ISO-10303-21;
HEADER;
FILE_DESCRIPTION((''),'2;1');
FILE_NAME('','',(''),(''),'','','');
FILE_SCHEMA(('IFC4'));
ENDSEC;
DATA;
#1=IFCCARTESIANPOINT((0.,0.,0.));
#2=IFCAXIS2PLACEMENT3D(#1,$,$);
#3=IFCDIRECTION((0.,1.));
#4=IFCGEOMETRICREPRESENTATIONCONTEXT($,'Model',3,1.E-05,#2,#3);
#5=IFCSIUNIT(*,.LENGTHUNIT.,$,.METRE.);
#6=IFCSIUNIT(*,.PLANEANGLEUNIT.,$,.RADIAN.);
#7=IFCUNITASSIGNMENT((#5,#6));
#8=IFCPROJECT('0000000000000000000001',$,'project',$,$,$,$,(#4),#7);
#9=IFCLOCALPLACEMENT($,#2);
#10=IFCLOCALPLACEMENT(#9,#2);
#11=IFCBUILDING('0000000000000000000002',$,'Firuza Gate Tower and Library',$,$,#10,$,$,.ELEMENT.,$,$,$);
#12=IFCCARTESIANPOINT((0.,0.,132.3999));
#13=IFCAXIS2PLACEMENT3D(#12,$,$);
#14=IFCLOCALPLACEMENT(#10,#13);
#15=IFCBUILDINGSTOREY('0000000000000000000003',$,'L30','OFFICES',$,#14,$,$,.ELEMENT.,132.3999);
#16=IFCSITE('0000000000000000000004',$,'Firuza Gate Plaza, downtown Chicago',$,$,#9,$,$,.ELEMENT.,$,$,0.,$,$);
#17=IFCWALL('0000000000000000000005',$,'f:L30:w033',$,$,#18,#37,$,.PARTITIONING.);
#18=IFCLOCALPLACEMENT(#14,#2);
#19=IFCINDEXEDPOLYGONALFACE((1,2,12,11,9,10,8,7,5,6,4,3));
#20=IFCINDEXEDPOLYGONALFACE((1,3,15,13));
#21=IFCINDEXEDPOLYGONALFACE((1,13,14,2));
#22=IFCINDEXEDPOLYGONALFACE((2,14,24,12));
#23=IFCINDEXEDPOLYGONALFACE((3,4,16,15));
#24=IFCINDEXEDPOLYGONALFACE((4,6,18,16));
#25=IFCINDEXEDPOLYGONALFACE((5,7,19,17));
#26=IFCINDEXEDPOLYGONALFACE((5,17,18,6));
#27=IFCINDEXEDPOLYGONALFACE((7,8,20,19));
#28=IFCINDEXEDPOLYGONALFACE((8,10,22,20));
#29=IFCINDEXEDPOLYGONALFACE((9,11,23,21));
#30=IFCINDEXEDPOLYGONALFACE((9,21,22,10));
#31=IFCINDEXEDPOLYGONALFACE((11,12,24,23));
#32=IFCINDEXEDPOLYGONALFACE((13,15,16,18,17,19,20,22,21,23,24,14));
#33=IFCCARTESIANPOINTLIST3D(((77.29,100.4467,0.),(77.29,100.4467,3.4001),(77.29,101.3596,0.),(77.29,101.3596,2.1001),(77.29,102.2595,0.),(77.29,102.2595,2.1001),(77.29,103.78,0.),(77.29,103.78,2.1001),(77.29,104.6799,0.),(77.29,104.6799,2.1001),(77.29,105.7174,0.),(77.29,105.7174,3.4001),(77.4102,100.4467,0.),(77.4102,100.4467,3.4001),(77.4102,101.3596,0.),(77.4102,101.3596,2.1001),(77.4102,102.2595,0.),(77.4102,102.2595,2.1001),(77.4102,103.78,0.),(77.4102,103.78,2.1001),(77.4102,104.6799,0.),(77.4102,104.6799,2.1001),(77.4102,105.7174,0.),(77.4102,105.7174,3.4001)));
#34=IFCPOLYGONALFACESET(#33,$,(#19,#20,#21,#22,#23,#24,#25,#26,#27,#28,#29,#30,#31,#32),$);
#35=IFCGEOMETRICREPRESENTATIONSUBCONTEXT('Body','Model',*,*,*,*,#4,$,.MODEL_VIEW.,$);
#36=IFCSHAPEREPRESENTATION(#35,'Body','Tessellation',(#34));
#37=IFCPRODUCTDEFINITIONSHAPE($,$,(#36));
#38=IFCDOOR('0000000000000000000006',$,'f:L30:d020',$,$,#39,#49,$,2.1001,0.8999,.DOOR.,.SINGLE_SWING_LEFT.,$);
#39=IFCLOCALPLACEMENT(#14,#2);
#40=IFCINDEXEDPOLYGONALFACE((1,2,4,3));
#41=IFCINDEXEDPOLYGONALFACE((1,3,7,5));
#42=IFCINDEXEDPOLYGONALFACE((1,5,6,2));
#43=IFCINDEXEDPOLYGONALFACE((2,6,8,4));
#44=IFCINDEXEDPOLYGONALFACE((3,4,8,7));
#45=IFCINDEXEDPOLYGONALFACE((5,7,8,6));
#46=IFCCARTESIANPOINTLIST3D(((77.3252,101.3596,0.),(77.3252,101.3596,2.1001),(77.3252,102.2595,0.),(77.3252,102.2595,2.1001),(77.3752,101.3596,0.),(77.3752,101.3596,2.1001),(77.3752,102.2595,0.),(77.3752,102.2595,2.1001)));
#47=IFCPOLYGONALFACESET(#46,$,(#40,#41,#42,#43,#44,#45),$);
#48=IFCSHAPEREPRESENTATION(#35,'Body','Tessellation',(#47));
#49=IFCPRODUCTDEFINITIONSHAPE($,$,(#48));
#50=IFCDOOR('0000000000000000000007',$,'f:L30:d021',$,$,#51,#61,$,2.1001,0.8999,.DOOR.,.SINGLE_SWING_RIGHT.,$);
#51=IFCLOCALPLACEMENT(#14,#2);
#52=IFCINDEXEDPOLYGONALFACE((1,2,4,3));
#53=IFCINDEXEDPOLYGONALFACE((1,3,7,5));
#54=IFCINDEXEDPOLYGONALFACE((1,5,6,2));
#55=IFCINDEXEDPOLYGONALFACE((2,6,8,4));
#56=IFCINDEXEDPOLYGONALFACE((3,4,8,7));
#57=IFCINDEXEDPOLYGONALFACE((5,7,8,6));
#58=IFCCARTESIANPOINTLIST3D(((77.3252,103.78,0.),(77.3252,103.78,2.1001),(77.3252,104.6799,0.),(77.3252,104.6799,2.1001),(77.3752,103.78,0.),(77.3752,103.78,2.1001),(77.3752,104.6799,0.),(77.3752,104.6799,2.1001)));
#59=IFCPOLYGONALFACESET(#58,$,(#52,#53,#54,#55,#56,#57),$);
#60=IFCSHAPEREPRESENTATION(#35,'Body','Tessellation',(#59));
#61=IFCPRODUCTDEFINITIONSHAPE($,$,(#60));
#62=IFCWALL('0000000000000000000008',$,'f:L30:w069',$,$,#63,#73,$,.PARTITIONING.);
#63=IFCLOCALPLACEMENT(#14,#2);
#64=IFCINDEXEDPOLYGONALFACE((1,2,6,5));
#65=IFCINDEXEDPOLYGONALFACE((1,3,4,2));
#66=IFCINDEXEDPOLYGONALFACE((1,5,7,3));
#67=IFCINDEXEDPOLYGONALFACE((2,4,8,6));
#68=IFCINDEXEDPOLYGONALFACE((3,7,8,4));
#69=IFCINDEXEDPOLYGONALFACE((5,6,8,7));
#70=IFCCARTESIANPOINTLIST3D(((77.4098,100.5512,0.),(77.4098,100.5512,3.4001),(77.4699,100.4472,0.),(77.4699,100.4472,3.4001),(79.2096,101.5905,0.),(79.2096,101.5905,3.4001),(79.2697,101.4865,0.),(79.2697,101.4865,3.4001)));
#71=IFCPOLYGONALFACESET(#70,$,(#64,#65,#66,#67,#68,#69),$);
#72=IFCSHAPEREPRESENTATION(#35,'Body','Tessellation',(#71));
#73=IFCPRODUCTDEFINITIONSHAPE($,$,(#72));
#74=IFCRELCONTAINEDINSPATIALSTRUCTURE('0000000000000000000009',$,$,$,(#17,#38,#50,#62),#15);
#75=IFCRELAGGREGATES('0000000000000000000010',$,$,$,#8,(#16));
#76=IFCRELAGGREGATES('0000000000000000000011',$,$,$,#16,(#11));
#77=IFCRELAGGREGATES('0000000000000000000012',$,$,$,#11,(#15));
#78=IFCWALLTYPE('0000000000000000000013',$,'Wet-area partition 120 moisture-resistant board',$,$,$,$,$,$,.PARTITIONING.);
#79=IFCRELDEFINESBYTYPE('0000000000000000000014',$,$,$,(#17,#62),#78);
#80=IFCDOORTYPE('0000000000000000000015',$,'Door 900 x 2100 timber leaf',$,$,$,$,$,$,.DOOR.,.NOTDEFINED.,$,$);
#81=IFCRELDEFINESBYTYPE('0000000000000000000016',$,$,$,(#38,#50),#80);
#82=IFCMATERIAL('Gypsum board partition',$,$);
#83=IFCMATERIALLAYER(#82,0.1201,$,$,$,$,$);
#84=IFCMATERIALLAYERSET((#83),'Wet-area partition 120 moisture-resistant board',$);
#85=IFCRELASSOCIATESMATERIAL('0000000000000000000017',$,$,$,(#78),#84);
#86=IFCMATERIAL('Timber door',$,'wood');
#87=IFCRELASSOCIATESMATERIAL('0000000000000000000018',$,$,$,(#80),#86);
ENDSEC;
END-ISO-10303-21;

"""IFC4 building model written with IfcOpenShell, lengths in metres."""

from ifc_helpers import new_model, si_unit, direction, frame, frame_2d, origin, place, context, subcontext, project, spatial, rectangle, extrude, material, layer, layer_set, type_object, element, fill, save


model = new_model("IFC4")

# Units and contexts
model_context = context("Model", 3, precision=1e-05, world=origin(), true_north=direction((0.0, 1.0)))
body_context = subcontext(model_context, "Body", "Model", "MODEL_VIEW")
ifc_project = project(units=[si_unit("LENGTHUNIT", "METRE"), si_unit("PLANEANGLEUNIT", "RADIAN")], contexts=[model_context])

# Site, building, storey
site_placement = place(None, origin())
site = spatial("IfcSite", under=ifc_project, at=site_placement, Name="Firuza Gate Plaza, downtown Chicago", CompositionType="ELEMENT", RefElevation=0.0)
building_placement = place(site_placement, origin())
building = spatial("IfcBuilding", under=site, at=building_placement, Name="Firuza Gate Tower and Library", CompositionType="ELEMENT")
storey_placement = place(building_placement, frame((0.0, 0.0, 132.3999)))
storey = spatial("IfcBuildingStorey", under=building, at=storey_placement, Name="L30", Description="OFFICES", CompositionType="ELEMENT", Elevation=132.3999)

# Shared definitions
ifc_material_1 = material(Name="Gypsum board partition")
ifc_layer_1 = layer(ifc_material_1, 0.1201)
ifc_layer_set_1 = layer_set([ifc_layer_1], Name="Wet-area partition 120 moisture-resistant board")
wall_type_1 = type_object("IfcWallType", Name="Wet-area partition 120 moisture-resistant board", PredefinedType="PARTITIONING", material=ifc_layer_set_1)

# Wall, openings, doors
wall_1_placement = place(storey_placement, frame((77.3501, 100.4468, 0.0), z_axis=(0.0, 0.0, 1.0), x_axis=(0.0, 1.0, 0.0)))
wall_1 = element("IfcWall", 1, at=wall_1_placement, inside=storey, type_object=wall_type_1, Name="f:L30:w033", PredefinedType="PARTITIONING", context=body_context, shape_type="SweptSolid", body=[
    extrude(rectangle(XDim=5.2708, YDim=0.1201, at=frame_2d((2.6353, 0.0))), origin(), (0.0, 0.0, 1.0), 3.4001),
])
opening_1_placement = place(wall_1_placement, frame((0.9128, 0.0, 0.0)))
opening_1 = element("IfcOpeningElement", 2, at=opening_1_placement, cuts=wall_1, PredefinedType="OPENING", context=body_context, shape_type="SweptSolid", body=[
    extrude(rectangle(XDim=0.8999, YDim=2.1001, at=frame_2d((0.45, 1.05))), frame((0.0, 0.0701, 0.0), z_axis=(0.0, -1.0, 0.0), x_axis=(1.0, 0.0, 0.0)), (0.0, 0.0, 1.0), 0.1401),
])
opening_2_placement = place(wall_1_placement, frame((3.3333, 0.0, 0.0)))
opening_2 = element("IfcOpeningElement", 3, at=opening_2_placement, cuts=wall_1, PredefinedType="OPENING", context=body_context, shape_type="SweptSolid", body=[
    extrude(rectangle(XDim=0.8999, YDim=2.1001, at=frame_2d((0.45, 1.05))), frame((0.0, 0.0701, 0.0), z_axis=(0.0, -1.0, 0.0), x_axis=(1.0, 0.0, 0.0)), (0.0, 0.0, 1.0), 0.1401),
])
ifc_material_2 = material(Name="Timber door", Category="wood")
door_type_1 = type_object("IfcDoorType", Name="Door 900 x 2100 timber leaf", OperationType="NOTDEFINED", PredefinedType="DOOR", material=ifc_material_2)
door_1_placement = place(opening_1_placement, origin())
door_1 = element("IfcDoor", 4, at=door_1_placement, inside=storey, type_object=door_type_1, Name="f:L30:d020", OperationType="SINGLE_SWING_LEFT", OverallHeight=2.1001, OverallWidth=0.8999, PredefinedType="DOOR", context=body_context, shape_type="SweptSolid", body=[
    extrude(rectangle(XDim=0.8999, YDim=2.1001, at=frame_2d((0.45, 1.05))), frame((0.0, 0.0249, 0.0), z_axis=(0.0, -1.0, 0.0), x_axis=(1.0, 0.0, 0.0)), (0.0, 0.0, 1.0), 0.05),
])
fill(opening_1, door_1)
door_2_placement = place(opening_2_placement, origin())
door_2 = element("IfcDoor", 5, at=door_2_placement, inside=storey, type_object=door_type_1, Name="f:L30:d021", OperationType="SINGLE_SWING_RIGHT", OverallHeight=2.1001, OverallWidth=0.8999, PredefinedType="DOOR", context=body_context, shape_type="SweptSolid", body=[
    extrude(rectangle(XDim=0.8999, YDim=2.1001, at=frame_2d((0.45, 1.05))), frame((0.0, 0.0249, 0.0), z_axis=(0.0, -1.0, 0.0), x_axis=(1.0, 0.0, 0.0)), (0.0, 0.0, 1.0), 0.05),
])
fill(opening_2, door_2)

# Wall
wall_2_placement = place(storey_placement, frame((77.4399, 100.4993, 0.0), z_axis=(0.0, 0.0, 1.0), x_axis=(0.865986, 0.500068, 0.0)))
element("IfcWall", 6, at=wall_2_placement, inside=storey, type_object=wall_type_1, Name="f:L30:w069", PredefinedType="PARTITIONING", context=body_context, shape_type="SweptSolid", body=[
    extrude(rectangle(XDim=2.0784, YDim=0.1201, at=frame_2d((1.0391, 0.0))), origin(), (0.0, 0.0, 1.0), 3.4001),
])

save(model, "model.ifc")
